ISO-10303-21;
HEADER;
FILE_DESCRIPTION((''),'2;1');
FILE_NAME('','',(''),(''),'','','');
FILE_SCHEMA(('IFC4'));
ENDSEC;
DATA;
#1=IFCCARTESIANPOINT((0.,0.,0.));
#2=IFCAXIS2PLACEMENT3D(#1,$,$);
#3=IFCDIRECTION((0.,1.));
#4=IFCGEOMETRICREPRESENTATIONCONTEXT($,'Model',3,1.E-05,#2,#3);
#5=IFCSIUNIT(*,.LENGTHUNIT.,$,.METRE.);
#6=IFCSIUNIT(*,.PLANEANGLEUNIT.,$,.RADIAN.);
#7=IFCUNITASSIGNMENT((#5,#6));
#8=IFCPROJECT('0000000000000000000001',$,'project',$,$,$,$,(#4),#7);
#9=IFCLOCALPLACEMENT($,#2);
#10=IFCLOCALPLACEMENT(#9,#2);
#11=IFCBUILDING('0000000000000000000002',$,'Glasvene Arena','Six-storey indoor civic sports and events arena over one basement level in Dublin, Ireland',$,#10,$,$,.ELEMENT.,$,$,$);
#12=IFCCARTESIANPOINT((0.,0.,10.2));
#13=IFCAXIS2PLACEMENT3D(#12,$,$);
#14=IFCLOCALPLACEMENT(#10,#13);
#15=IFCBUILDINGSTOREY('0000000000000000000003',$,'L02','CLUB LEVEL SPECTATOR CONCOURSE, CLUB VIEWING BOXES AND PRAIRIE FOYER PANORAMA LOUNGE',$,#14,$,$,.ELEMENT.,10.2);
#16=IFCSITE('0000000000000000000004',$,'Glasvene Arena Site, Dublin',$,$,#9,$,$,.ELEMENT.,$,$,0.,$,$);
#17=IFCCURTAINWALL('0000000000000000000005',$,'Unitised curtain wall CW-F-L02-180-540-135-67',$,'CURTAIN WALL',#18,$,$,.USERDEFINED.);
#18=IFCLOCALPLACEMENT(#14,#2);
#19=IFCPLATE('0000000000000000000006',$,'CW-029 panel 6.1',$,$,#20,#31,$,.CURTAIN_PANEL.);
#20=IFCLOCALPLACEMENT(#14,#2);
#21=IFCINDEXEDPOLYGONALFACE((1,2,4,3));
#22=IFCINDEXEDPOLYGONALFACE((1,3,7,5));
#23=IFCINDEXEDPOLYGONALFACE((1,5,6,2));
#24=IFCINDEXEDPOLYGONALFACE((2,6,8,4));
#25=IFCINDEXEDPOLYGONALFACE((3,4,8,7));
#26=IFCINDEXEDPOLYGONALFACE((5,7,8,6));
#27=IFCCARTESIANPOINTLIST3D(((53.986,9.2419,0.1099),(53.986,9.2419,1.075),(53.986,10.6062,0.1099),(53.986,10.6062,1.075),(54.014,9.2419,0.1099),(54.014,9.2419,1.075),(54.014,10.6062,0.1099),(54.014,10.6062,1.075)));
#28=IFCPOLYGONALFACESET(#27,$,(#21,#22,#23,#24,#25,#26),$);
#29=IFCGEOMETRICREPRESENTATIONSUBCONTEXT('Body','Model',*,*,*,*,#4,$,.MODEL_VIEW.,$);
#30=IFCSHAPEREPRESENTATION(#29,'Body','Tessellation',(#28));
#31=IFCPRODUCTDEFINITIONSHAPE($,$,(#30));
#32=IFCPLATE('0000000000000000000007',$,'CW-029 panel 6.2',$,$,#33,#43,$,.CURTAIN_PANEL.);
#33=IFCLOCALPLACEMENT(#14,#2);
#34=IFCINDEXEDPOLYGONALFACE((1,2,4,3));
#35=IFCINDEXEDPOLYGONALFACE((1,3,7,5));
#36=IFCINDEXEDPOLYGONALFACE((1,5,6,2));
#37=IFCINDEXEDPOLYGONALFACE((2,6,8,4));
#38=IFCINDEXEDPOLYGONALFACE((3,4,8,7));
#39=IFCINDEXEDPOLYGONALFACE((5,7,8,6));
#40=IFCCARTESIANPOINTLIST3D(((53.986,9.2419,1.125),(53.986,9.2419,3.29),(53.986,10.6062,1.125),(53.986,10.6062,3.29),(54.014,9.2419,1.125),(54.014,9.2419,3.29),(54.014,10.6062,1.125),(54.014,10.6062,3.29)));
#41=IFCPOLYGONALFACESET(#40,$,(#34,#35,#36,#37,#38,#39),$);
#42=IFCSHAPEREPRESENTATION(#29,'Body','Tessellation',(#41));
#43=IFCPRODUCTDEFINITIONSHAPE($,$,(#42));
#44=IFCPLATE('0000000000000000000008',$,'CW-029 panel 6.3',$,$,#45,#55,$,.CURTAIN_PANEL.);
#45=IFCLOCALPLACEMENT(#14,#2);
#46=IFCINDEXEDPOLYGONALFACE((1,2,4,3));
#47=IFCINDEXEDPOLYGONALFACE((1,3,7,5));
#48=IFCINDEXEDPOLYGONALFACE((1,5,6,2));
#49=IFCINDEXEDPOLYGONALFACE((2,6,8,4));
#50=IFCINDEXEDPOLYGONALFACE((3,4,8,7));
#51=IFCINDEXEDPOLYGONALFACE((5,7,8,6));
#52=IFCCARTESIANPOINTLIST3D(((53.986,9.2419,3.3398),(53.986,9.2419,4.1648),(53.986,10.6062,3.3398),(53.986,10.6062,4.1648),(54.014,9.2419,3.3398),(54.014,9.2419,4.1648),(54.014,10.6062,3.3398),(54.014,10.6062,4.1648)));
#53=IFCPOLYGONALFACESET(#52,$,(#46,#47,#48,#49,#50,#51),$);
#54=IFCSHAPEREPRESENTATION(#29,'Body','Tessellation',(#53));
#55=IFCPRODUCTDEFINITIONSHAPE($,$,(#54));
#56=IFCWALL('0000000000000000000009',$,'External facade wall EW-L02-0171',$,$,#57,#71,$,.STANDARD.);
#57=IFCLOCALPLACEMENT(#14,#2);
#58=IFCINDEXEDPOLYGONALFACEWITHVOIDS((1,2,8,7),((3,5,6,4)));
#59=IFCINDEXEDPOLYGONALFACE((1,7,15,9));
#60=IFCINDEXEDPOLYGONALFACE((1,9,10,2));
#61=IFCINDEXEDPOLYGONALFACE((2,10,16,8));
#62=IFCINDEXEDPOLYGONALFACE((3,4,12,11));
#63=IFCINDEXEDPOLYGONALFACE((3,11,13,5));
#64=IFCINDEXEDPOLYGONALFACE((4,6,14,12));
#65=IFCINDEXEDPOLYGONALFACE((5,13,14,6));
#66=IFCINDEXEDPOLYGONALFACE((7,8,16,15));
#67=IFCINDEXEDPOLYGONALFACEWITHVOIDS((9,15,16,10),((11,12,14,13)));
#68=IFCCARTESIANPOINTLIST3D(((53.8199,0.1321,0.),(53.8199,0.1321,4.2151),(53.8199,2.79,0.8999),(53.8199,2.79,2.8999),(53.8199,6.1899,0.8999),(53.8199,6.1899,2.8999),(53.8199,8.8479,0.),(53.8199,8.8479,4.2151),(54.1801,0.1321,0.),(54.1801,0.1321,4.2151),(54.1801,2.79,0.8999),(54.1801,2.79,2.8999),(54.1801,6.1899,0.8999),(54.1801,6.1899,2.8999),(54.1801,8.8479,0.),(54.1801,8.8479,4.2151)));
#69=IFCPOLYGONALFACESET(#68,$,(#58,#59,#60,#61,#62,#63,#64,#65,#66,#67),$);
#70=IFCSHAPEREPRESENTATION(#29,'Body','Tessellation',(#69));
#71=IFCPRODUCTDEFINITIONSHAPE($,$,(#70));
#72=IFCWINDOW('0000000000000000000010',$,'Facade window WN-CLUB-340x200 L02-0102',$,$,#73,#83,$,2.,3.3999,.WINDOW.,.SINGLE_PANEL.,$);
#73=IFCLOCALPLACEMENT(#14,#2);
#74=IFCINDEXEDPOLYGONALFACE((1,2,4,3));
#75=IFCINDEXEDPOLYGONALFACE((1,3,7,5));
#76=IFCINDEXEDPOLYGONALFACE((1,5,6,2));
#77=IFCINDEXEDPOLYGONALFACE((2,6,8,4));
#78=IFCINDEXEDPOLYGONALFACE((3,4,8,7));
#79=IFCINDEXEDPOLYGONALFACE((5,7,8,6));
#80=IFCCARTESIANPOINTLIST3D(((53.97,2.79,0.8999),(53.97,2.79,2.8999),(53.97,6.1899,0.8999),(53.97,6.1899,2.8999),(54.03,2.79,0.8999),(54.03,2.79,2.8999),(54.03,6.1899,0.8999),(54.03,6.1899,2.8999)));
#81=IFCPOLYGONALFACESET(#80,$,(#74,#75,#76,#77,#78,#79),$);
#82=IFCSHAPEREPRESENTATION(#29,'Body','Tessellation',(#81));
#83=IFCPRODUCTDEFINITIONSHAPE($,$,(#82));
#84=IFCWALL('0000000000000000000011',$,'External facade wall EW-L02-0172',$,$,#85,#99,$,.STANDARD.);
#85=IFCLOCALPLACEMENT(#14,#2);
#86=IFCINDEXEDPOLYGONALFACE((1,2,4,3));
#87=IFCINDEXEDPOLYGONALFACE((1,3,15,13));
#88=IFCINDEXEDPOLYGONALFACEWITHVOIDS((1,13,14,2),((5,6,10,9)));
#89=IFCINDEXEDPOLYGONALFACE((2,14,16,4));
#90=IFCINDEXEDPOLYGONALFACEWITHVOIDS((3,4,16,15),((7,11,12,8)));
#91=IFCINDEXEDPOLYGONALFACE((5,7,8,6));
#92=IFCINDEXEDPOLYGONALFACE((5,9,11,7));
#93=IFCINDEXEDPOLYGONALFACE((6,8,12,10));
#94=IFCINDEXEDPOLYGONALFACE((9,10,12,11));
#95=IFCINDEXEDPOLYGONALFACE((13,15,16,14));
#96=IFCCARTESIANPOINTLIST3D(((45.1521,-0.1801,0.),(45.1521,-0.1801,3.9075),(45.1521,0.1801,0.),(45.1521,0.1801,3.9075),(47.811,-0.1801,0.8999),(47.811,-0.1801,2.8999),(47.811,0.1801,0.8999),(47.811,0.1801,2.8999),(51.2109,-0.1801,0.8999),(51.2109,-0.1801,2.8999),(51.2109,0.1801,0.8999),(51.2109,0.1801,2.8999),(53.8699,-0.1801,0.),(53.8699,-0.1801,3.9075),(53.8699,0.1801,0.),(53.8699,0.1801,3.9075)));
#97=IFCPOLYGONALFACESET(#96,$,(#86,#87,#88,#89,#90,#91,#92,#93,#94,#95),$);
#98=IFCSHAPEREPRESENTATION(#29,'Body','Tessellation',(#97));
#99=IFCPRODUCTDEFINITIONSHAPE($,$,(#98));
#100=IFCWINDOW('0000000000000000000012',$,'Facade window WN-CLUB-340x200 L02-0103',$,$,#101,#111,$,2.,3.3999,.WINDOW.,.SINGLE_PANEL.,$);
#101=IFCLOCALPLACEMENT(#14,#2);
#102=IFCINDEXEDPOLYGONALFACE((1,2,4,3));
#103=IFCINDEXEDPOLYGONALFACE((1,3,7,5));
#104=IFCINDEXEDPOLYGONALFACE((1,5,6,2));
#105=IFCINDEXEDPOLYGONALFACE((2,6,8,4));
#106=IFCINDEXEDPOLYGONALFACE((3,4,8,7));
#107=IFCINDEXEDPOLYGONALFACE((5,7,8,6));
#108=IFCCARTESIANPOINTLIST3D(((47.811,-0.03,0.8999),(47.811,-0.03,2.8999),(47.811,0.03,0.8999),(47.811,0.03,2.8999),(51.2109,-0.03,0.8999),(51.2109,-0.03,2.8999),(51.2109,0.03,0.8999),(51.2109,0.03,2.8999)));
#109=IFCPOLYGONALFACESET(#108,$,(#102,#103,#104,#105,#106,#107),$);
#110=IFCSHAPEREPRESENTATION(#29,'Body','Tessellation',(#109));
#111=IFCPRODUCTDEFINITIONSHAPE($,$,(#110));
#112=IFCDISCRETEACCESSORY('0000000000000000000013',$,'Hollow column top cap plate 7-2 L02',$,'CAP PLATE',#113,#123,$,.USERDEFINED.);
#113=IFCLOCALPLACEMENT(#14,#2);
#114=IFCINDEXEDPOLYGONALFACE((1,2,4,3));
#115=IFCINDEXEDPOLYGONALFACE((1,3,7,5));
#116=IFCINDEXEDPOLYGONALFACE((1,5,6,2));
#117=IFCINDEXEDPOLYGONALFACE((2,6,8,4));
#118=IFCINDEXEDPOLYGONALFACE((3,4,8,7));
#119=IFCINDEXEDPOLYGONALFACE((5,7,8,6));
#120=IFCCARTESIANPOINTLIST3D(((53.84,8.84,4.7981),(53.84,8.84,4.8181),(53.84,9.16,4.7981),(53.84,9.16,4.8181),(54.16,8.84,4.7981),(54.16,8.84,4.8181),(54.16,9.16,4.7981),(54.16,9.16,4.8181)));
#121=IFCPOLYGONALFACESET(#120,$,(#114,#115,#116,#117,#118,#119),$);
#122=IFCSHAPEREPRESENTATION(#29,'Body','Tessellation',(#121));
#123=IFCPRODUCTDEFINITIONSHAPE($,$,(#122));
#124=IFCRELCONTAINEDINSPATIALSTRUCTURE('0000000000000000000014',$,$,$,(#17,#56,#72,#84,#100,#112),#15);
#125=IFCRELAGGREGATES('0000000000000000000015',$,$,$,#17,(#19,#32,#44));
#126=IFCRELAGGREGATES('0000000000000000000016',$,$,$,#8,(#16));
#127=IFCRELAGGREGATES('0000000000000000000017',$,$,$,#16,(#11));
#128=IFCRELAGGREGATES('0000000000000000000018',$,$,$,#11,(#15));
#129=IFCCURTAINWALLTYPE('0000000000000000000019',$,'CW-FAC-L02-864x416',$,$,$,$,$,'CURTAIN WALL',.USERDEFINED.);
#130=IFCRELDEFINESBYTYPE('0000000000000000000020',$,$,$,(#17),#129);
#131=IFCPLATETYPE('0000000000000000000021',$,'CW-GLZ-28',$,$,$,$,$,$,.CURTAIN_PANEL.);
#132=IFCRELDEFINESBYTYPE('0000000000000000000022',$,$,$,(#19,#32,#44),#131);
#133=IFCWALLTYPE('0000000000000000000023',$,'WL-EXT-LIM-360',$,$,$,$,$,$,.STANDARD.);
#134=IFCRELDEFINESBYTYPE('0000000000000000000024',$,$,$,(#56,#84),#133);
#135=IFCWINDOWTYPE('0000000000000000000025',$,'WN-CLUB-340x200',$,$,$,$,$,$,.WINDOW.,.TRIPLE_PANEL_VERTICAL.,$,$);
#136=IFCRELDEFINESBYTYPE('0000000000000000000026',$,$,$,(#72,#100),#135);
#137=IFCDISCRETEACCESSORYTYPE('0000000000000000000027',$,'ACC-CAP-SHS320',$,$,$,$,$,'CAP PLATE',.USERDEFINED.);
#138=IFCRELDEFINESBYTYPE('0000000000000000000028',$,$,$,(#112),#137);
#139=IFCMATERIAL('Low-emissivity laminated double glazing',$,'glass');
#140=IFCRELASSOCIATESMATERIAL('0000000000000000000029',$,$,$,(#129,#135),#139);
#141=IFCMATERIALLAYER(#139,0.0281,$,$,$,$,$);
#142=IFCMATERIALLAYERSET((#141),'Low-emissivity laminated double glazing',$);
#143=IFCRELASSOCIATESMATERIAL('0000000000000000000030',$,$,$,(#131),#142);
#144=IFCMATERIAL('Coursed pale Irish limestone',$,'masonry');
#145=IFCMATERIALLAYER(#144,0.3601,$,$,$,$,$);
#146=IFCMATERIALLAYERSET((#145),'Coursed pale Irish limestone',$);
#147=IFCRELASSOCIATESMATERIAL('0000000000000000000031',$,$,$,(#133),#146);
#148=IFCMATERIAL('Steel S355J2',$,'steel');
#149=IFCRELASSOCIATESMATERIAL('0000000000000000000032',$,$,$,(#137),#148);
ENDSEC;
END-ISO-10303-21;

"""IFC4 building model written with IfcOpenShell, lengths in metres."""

from ifc_helpers import new_model, si_unit, direction, frame, frame_2d, origin, origin_2d, place, context, subcontext, project, spatial, rectangle, extrude, material, layer, layer_set, type_object, element, fill, aggregate, save


model = new_model("IFC4")

# Units and contexts
model_context = context("Model", 3, precision=1e-05, world=origin(), true_north=direction((0.0, 1.0)))
body_context = subcontext(model_context, "Body", "Model", "MODEL_VIEW")
ifc_project = project(units=[si_unit("LENGTHUNIT", "METRE"), si_unit("PLANEANGLEUNIT", "RADIAN")], contexts=[model_context])

# Site, building, storey
site_placement = place(None, origin())
site = spatial("IfcSite", under=ifc_project, at=site_placement, Name="Glasvene Arena Site, Dublin", CompositionType="ELEMENT", RefElevation=0.0)
building_placement = place(site_placement, origin())
building = spatial("IfcBuilding", under=site, at=building_placement, Name="Glasvene Arena", Description="Six-storey indoor civic sports and events arena over one basement level in Dublin, Ireland", CompositionType="ELEMENT")
storey_placement = place(building_placement, frame((0.0, 0.0, 10.2)))
storey = spatial("IfcBuildingStorey", under=building, at=storey_placement, Name="L02", Description="CLUB LEVEL SPECTATOR CONCOURSE, CLUB VIEWING BOXES AND PRAIRIE FOYER PANORAMA LOUNGE", CompositionType="ELEMENT", Elevation=10.2)

# Shared definitions
ifc_material_1 = material(Name="Steel S355J2", Category="steel")

# Curtain wall, plates
ifc_material_2 = material(Name="Low-emissivity laminated double glazing", Category="glass")
curtain_wall_type = type_object("IfcCurtainWallType", Name="CW-FAC-L02-864x416", ElementType="CURTAIN WALL", PredefinedType="USERDEFINED", material=ifc_material_2)
curtain_wall_placement = place(storey_placement, frame((54.0, 17.8279, 0.0)))
curtain_wall = element("IfcCurtainWall", 1, at=curtain_wall_placement, inside=storey, type_object=curtain_wall_type, Name="Unitised curtain wall CW-F-L02-180-540-135-67", ObjectType="CURTAIN WALL", PredefinedType="USERDEFINED")
ifc_layer_1 = layer(ifc_material_2, 0.0281)
ifc_layer_set_1 = layer_set([ifc_layer_1], Name="Low-emissivity laminated double glazing")
plate_type = type_object("IfcPlateType", Name="CW-GLZ-28", PredefinedType="CURTAIN_PANEL", material=ifc_layer_set_1)
plate_1_placement = place(storey_placement, frame((54.0, 9.9241, 0.1099), z_axis=(0.0, 0.0, 1.0), x_axis=(0.0, -1.0, 0.0)))
plate_1 = element("IfcPlate", 2, at=plate_1_placement, type_object=plate_type, Name="CW-029 panel 6.1", PredefinedType="CURTAIN_PANEL", context=body_context, shape_type="SweptSolid", body=[
    extrude(rectangle(XDim=1.3643, YDim=0.0281, at=origin_2d()), origin(), (0.0, 0.0, 1.0), 0.9651),
])
plate_2_placement = place(storey_placement, frame((54.0, 9.9241, 1.125), z_axis=(0.0, 0.0, 1.0), x_axis=(0.0, -1.0, 0.0)))
plate_2 = element("IfcPlate", 3, at=plate_2_placement, type_object=plate_type, Name="CW-029 panel 6.2", PredefinedType="CURTAIN_PANEL", context=body_context, shape_type="SweptSolid", body=[
    extrude(rectangle(XDim=1.3643, YDim=0.0281, at=origin_2d()), origin(), (0.0, 0.0, 1.0), 2.165),
])
plate_3_placement = place(storey_placement, frame((54.0, 9.9241, 3.3398), z_axis=(0.0, 0.0, 1.0), x_axis=(0.0, -1.0, 0.0)))
plate_3 = element("IfcPlate", 4, at=plate_3_placement, type_object=plate_type, Name="CW-029 panel 6.3", PredefinedType="CURTAIN_PANEL", context=body_context, shape_type="SweptSolid", body=[
    extrude(rectangle(XDim=1.3643, YDim=0.0281, at=origin_2d()), origin(), (0.0, 0.0, 1.0), 0.825),
])
aggregate(curtain_wall, [plate_1, plate_2, plate_3])

# Walls, openings, windows
ifc_material_3 = material(Name="Coursed pale Irish limestone", Category="masonry")
ifc_layer_2 = layer(ifc_material_3, 0.3601)
ifc_layer_set_2 = layer_set([ifc_layer_2], Name="Coursed pale Irish limestone")
wall_type = type_object("IfcWallType", Name="WL-EXT-LIM-360", PredefinedType="STANDARD", material=ifc_layer_set_2)
wall_1_placement = place(storey_placement, frame((54.0, 8.8479, 0.0), z_axis=(0.0, 0.0, 1.0), x_axis=(0.0, -1.0, 0.0)))
wall_1 = element("IfcWall", 5, at=wall_1_placement, inside=storey, type_object=wall_type, Name="External facade wall EW-L02-0171", PredefinedType="STANDARD", context=body_context, shape_type="SweptSolid", body=[
    extrude(rectangle(XDim=8.7158, YDim=0.3601, at=frame_2d((4.3579, 0.0))), origin(), (0.0, 0.0, 1.0), 4.2151),
])
opening_1_placement = place(wall_1_placement, frame((2.658, 0.0, 0.8999)))
opening_1 = element("IfcOpeningElement", 6, at=opening_1_placement, cuts=wall_1, PredefinedType="OPENING", context=body_context, shape_type="SweptSolid", body=[
    extrude(rectangle(XDim=3.3999, YDim=2.0, at=frame_2d((1.7, 1.0))), frame((0.0, 0.1899, 0.0), z_axis=(0.0, -1.0, 0.0), x_axis=(1.0, 0.0, 0.0)), (0.0, 0.0, 1.0), 0.3801),
])
window_type = type_object("IfcWindowType", Name="WN-CLUB-340x200", PartitioningType="TRIPLE_PANEL_VERTICAL", PredefinedType="WINDOW", material=ifc_material_2)
window_1_placement = place(opening_1_placement, origin())
window_1 = element("IfcWindow", 7, at=window_1_placement, inside=storey, type_object=window_type, Name="Facade window WN-CLUB-340x200 L02-0102", OverallHeight=2.0, OverallWidth=3.3999, PartitioningType="SINGLE_PANEL", PredefinedType="WINDOW", context=body_context, shape_type="SweptSolid", body=[
    extrude(rectangle(XDim=3.3999, YDim=2.0, at=frame_2d((1.7, 1.0))), frame((0.0, 0.03, 0.0), z_axis=(0.0, -1.0, 0.0), x_axis=(1.0, 0.0, 0.0)), (0.0, 0.0, 1.0), 0.0601),
])
fill(opening_1, window_1)
wall_2_placement = place(storey_placement, frame((53.8699, 0.0, 0.0), z_axis=(0.0, 0.0, 1.0), x_axis=(-1.0, 0.0, 0.0)))
wall_2 = element("IfcWall", 8, at=wall_2_placement, inside=storey, type_object=wall_type, Name="External facade wall EW-L02-0172", PredefinedType="STANDARD", context=body_context, shape_type="SweptSolid", body=[
    extrude(rectangle(XDim=8.7178, YDim=0.3601, at=frame_2d((4.3589, 0.0))), origin(), (0.0, 0.0, 1.0), 3.9075),
])
opening_2_placement = place(wall_2_placement, frame((2.6589, 0.0, 0.8999)))
opening_2 = element("IfcOpeningElement", 9, at=opening_2_placement, cuts=wall_2, PredefinedType="OPENING", context=body_context, shape_type="SweptSolid", body=[
    extrude(rectangle(XDim=3.3999, YDim=2.0, at=frame_2d((1.7, 1.0))), frame((0.0, 0.1899, 0.0), z_axis=(0.0, -1.0, 0.0), x_axis=(1.0, 0.0, 0.0)), (0.0, 0.0, 1.0), 0.3801),
])
window_2_placement = place(opening_2_placement, origin())
window_2 = element("IfcWindow", 10, at=window_2_placement, inside=storey, type_object=window_type, Name="Facade window WN-CLUB-340x200 L02-0103", OverallHeight=2.0, OverallWidth=3.3999, PartitioningType="SINGLE_PANEL", PredefinedType="WINDOW", context=body_context, shape_type="SweptSolid", body=[
    extrude(rectangle(XDim=3.3999, YDim=2.0, at=frame_2d((1.7, 1.0))), frame((0.0, 0.03, 0.0), z_axis=(0.0, -1.0, 0.0), x_axis=(1.0, 0.0, 0.0)), (0.0, 0.0, 1.0), 0.0601),
])
fill(opening_2, window_2)

# Discrete accessory
discrete_accessory_type = type_object("IfcDiscreteAccessoryType", Name="ACC-CAP-SHS320", ElementType="CAP PLATE", PredefinedType="USERDEFINED", material=ifc_material_1)
discrete_accessory_placement = place(storey_placement, frame((54.0, 9.0, 4.7981), z_axis=(0.0, 0.0, 1.0), x_axis=(1.0, 0.0, 0.0)))
element("IfcDiscreteAccessory", 11, at=discrete_accessory_placement, inside=storey, type_object=discrete_accessory_type, Name="Hollow column top cap plate 7-2 L02", ObjectType="CAP PLATE", PredefinedType="USERDEFINED", context=body_context, shape_type="SweptSolid", body=[
    extrude(rectangle(XDim=0.3201, YDim=0.3201, at=origin_2d()), origin(), (0.0, 0.0, 1.0), 0.02),
])

save(model, "model.ifc")
